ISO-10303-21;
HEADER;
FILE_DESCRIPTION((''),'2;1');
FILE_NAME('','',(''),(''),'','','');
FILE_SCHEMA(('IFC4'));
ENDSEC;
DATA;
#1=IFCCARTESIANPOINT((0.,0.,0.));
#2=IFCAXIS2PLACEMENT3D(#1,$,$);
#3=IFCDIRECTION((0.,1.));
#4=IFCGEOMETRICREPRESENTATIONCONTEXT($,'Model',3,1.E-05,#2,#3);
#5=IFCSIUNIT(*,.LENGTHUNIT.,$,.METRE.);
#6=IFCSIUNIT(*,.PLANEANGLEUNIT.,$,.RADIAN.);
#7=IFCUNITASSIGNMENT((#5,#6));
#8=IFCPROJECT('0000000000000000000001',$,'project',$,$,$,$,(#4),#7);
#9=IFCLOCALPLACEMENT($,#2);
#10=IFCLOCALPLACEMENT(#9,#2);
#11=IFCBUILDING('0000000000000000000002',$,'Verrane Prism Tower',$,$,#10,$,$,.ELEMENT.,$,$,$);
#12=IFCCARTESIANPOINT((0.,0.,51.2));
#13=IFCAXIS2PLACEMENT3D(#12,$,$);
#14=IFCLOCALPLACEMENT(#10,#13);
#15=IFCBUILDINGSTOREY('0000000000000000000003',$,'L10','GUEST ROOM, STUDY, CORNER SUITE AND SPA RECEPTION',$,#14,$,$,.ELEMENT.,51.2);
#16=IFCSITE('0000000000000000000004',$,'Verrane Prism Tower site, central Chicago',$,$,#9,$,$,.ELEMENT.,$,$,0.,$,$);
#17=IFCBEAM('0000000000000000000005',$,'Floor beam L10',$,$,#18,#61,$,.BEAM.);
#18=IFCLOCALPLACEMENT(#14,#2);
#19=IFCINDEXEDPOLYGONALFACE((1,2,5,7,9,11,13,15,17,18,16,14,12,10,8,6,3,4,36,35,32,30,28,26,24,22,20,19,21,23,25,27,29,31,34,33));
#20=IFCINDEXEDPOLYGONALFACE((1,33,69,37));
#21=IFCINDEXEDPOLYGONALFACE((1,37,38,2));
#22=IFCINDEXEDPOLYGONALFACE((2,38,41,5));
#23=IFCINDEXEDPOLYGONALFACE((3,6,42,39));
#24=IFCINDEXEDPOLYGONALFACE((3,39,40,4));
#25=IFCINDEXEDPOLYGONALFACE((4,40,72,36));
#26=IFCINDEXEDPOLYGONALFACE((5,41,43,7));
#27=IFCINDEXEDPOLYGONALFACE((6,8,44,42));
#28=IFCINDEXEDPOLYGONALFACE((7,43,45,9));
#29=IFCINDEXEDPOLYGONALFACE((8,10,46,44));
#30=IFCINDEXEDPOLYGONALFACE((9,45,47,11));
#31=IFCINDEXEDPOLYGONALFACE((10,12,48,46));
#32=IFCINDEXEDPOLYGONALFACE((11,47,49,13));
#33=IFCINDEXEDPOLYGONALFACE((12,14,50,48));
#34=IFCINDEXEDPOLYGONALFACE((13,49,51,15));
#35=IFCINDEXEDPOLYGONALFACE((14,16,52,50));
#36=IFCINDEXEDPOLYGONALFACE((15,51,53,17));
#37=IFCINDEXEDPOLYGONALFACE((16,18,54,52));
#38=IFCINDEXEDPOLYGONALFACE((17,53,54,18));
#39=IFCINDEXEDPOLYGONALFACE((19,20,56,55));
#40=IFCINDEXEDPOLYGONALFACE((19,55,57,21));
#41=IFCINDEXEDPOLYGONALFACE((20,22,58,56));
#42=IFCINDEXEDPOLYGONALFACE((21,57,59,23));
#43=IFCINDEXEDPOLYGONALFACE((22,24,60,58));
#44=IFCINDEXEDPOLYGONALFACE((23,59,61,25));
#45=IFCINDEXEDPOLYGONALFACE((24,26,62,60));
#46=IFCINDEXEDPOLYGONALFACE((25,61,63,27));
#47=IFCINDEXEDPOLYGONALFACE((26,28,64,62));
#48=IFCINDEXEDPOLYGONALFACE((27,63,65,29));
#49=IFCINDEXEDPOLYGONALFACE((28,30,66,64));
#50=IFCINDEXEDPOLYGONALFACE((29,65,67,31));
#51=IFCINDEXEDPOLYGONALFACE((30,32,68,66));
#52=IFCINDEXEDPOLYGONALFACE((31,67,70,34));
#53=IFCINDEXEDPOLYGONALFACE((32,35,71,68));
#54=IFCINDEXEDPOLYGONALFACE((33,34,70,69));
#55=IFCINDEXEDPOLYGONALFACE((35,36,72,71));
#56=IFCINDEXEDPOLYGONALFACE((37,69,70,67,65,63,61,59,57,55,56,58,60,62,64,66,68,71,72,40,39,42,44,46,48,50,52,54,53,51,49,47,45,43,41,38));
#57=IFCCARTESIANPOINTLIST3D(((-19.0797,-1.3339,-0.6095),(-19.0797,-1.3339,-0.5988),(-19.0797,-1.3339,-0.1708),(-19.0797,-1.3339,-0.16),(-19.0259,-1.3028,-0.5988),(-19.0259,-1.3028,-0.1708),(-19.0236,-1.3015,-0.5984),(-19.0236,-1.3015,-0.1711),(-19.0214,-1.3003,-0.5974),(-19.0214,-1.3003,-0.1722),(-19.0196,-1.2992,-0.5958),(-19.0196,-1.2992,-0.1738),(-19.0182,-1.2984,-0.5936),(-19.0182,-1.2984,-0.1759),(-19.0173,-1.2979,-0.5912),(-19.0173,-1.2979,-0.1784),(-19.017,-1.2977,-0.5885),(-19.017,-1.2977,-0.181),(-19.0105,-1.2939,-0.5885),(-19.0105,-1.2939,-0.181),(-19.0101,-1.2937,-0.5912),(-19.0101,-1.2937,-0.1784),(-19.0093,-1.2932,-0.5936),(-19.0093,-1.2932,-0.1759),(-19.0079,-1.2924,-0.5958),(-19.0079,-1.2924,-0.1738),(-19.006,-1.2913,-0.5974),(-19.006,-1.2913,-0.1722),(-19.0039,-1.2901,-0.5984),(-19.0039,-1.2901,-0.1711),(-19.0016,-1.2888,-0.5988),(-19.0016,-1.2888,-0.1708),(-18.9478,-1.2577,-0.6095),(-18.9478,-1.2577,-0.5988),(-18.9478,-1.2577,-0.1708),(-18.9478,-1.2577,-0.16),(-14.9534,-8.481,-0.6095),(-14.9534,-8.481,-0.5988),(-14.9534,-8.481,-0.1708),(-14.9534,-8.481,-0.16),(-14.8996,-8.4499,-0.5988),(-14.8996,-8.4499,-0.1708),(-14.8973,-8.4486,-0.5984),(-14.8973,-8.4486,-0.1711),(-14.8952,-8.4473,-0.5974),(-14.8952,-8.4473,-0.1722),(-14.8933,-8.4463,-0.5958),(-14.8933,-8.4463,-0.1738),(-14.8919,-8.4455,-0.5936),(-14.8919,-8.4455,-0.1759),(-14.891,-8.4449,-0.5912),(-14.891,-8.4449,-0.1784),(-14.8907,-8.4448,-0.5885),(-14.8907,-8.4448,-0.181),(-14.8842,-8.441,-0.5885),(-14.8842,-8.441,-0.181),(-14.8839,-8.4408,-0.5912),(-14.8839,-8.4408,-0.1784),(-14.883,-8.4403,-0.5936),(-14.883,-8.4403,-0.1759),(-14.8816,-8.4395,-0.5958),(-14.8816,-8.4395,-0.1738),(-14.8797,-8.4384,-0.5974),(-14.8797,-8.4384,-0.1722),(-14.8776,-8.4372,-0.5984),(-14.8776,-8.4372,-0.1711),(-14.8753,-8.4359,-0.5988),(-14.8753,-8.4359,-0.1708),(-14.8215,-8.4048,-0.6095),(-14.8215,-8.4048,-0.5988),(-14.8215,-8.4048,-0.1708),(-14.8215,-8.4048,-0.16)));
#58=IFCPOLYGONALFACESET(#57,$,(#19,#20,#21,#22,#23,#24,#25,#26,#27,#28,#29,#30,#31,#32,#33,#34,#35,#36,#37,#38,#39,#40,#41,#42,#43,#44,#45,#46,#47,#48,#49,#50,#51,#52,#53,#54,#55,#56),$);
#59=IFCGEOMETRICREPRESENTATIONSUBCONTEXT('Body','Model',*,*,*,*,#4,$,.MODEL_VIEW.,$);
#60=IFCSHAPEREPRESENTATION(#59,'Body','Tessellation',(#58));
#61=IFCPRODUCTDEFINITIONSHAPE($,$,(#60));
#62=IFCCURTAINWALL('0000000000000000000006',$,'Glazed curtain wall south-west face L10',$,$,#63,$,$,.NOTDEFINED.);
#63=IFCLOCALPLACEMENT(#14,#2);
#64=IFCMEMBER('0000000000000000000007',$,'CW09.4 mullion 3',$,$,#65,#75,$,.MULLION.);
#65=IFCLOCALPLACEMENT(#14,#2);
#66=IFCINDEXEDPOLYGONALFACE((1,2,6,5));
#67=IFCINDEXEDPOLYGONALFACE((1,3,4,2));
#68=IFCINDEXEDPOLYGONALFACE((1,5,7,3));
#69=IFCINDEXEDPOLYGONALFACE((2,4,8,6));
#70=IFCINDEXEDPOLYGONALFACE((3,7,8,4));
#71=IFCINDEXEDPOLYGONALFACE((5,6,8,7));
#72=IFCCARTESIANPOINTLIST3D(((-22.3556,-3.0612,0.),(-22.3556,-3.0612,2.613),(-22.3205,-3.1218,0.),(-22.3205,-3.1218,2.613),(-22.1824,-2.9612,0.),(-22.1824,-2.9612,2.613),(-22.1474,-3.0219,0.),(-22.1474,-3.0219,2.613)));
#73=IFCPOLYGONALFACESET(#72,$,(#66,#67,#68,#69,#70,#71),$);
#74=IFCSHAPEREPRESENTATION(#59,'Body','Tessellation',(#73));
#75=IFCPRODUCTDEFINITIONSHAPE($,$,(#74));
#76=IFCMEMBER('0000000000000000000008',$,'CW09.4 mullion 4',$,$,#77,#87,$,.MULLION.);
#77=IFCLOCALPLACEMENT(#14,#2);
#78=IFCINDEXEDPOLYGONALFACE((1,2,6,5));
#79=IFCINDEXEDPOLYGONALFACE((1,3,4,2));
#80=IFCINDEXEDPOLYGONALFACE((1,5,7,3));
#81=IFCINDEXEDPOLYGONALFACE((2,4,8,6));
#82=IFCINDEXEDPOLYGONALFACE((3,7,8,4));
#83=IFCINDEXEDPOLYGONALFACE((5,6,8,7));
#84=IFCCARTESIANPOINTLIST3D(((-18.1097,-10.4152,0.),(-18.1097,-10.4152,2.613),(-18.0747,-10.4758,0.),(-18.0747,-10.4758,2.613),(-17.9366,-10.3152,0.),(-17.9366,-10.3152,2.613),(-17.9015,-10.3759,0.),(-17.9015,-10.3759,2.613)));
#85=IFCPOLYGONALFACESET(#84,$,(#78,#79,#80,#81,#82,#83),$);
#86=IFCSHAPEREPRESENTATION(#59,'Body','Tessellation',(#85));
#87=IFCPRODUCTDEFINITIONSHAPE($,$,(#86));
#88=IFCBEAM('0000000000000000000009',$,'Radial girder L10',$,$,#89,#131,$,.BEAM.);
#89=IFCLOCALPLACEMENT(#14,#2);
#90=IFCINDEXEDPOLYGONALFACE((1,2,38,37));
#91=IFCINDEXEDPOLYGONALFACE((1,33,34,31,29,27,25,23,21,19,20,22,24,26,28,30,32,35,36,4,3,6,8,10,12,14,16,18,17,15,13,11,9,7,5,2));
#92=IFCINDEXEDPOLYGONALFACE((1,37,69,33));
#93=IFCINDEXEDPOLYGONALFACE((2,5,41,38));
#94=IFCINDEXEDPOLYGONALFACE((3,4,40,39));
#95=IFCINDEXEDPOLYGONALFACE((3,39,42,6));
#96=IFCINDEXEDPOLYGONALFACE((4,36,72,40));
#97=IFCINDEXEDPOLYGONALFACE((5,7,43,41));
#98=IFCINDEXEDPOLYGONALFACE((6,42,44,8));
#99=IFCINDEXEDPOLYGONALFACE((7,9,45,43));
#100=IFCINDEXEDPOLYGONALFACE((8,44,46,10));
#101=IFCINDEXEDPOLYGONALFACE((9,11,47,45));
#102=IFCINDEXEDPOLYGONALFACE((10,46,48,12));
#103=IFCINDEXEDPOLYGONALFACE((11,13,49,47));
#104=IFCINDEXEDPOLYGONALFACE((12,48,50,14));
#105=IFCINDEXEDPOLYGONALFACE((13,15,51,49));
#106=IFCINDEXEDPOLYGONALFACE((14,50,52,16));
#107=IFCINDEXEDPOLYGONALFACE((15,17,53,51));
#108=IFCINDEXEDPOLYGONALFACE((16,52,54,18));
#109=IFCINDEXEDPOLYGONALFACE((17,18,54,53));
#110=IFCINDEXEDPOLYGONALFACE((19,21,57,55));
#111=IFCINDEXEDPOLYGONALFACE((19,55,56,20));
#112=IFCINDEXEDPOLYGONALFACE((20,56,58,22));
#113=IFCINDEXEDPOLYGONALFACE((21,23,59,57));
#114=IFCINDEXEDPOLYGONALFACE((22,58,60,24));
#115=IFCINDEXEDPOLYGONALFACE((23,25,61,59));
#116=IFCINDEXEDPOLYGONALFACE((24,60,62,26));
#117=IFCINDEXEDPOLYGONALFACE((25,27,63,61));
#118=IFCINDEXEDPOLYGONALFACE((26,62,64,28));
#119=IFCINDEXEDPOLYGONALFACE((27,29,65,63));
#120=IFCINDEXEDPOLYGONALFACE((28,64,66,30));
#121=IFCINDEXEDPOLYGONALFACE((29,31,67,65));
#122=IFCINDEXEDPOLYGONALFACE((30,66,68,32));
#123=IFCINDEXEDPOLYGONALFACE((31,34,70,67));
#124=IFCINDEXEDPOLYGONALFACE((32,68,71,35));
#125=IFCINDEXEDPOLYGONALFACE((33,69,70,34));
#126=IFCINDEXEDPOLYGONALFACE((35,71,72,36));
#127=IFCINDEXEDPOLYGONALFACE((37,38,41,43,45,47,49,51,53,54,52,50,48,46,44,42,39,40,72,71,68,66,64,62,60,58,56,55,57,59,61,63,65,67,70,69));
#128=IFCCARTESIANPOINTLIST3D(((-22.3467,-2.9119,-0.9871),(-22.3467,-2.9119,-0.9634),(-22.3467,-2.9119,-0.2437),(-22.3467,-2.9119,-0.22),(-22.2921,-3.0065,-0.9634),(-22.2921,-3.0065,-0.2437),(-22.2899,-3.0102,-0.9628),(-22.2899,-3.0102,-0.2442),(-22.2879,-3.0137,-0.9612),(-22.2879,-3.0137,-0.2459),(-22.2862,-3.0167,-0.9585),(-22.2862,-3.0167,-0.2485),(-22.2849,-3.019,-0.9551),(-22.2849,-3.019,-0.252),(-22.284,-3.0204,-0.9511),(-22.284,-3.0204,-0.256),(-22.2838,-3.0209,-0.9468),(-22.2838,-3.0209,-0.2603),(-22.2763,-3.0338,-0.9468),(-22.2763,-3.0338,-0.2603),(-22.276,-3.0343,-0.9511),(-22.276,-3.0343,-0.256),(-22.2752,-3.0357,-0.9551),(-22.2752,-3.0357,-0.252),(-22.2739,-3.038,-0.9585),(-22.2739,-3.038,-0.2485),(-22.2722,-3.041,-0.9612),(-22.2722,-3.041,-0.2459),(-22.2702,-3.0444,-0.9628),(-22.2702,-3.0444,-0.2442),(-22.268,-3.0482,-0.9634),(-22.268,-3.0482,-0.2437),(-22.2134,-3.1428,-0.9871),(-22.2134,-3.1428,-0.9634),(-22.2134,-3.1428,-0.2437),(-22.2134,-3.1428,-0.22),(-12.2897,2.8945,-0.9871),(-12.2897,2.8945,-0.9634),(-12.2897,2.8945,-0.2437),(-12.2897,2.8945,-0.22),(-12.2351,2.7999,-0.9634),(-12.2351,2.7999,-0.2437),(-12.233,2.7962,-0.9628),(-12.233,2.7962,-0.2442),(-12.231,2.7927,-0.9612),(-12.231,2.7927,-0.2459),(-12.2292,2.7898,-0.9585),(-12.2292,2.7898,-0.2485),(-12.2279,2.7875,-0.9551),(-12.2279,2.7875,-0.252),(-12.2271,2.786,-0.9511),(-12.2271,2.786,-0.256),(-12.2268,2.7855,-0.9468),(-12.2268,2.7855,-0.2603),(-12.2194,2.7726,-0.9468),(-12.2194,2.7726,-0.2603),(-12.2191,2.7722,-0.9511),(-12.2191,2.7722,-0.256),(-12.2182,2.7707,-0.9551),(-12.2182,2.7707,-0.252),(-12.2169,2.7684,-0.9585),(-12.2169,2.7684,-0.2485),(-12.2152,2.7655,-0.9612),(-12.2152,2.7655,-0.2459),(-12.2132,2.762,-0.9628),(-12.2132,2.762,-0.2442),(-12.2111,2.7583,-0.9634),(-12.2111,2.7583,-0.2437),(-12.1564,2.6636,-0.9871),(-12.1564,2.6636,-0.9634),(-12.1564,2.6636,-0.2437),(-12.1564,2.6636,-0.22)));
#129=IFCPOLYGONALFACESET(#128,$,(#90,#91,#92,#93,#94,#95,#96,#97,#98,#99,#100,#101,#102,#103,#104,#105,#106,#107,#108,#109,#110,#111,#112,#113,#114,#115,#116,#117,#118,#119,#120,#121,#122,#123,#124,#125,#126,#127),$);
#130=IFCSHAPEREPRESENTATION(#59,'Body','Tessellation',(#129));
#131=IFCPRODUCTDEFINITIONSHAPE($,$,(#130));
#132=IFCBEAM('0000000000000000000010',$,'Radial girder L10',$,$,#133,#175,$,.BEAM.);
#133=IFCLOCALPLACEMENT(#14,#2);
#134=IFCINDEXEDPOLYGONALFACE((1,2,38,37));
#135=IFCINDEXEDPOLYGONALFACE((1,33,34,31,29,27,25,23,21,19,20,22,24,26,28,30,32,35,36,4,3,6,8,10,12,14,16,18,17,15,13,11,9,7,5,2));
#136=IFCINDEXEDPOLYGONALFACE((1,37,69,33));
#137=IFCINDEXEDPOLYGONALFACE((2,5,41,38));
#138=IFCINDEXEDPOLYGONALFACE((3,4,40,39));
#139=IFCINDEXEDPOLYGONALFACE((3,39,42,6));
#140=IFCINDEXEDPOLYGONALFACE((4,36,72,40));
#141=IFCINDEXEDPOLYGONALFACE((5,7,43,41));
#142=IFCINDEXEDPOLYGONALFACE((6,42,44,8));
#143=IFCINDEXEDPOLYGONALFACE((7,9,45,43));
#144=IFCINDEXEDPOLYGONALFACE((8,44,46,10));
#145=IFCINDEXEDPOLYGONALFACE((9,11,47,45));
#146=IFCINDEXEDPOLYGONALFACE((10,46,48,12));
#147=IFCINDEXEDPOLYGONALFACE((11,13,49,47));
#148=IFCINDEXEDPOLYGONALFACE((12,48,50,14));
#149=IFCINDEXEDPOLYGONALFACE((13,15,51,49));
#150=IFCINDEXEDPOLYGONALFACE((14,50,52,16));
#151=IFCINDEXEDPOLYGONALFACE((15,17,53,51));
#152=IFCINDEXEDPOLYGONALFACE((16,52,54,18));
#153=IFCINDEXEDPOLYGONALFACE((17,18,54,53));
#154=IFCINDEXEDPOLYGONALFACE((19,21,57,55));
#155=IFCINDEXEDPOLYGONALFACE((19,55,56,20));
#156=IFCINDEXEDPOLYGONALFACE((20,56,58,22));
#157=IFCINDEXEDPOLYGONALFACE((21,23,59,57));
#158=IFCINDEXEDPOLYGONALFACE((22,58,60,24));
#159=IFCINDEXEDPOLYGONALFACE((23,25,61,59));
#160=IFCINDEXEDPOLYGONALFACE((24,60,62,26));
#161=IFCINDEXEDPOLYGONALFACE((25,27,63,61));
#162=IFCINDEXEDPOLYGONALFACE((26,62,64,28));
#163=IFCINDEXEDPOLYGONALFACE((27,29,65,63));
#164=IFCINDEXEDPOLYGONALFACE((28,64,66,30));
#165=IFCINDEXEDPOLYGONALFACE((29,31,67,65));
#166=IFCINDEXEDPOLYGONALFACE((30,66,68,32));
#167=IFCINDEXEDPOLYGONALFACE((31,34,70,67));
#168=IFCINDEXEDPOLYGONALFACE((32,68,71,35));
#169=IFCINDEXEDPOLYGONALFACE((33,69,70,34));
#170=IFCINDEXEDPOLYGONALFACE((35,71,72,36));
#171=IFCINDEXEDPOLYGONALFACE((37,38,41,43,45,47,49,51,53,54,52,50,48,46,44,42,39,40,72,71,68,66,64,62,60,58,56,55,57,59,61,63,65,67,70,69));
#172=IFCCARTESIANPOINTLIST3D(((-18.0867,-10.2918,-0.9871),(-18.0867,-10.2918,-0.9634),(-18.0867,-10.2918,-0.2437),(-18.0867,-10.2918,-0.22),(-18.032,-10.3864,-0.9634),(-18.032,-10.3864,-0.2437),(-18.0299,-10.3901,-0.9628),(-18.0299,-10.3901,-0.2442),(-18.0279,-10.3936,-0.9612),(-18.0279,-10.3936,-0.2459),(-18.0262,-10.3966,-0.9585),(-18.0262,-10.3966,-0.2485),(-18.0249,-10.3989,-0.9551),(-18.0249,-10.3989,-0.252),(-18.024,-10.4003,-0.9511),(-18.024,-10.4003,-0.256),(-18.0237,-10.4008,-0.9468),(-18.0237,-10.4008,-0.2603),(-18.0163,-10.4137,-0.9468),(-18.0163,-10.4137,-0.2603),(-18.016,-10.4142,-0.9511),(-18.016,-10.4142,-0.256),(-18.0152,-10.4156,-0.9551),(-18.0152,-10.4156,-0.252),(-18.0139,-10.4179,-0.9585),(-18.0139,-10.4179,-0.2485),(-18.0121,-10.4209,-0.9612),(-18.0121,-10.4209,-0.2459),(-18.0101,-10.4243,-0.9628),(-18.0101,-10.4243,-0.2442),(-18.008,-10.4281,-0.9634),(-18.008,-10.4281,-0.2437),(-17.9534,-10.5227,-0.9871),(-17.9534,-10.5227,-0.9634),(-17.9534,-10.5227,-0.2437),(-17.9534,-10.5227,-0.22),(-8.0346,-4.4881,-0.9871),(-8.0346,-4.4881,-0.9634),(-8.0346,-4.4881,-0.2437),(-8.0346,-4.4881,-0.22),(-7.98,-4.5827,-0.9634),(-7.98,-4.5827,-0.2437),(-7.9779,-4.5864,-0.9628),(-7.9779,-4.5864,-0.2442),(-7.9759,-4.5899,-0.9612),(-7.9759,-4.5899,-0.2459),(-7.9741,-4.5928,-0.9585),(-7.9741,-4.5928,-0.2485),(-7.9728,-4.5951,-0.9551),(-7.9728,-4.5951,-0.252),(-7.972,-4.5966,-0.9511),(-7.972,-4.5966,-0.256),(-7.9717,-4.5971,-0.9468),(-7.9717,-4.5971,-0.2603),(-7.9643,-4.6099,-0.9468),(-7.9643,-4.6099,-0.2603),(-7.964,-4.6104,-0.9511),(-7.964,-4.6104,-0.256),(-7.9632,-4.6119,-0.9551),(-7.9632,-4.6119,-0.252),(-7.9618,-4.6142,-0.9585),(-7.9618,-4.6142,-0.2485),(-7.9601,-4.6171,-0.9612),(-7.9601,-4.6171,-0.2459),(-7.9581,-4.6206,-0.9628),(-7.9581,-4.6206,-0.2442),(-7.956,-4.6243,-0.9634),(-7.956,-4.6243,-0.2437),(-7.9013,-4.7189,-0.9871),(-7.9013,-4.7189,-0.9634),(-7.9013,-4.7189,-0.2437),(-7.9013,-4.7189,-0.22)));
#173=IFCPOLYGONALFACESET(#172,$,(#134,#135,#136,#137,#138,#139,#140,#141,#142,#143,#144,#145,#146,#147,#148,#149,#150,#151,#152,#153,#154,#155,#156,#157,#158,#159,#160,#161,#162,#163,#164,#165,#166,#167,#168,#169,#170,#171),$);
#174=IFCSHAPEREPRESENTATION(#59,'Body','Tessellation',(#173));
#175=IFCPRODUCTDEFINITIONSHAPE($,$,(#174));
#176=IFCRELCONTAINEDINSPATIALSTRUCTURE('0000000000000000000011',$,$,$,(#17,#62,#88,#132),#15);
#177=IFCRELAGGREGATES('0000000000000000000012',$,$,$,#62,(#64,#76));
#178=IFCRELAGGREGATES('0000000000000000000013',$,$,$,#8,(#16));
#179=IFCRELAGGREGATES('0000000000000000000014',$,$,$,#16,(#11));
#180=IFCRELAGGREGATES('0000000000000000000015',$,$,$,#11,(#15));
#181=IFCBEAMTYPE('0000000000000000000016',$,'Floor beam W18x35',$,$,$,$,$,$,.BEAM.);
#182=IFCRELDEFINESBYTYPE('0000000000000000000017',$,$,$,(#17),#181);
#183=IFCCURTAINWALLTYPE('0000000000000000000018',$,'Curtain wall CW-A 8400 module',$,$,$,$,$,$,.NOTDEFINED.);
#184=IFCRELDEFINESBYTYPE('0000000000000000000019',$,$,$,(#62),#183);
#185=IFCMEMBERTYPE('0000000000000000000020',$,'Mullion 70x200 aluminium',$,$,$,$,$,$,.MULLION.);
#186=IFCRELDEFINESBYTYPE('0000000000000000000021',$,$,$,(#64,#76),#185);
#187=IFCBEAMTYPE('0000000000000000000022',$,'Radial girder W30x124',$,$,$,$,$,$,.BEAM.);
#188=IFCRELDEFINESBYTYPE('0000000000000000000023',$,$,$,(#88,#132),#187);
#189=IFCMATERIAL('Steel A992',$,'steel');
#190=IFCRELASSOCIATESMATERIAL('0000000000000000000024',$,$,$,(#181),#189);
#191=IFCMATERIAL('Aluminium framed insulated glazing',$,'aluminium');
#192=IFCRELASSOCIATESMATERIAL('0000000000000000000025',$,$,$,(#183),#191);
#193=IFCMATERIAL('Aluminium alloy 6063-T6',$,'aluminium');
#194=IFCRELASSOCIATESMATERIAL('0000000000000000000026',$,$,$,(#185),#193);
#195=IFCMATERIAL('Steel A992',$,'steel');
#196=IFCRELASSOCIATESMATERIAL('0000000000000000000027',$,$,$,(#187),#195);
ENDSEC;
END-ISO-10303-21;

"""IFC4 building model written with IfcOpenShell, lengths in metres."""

from ifc_helpers import new_model, si_unit, direction, frame, origin, origin_2d, place, context, subcontext, project, spatial, rectangle, i_section, extrude, material, material_profile, profile_set, type_object, element, aggregate, save


model = new_model("IFC4")

# Units and contexts
model_context = context("Model", 3, precision=1e-05, world=origin(), true_north=direction((0.0, 1.0)))
body_context = subcontext(model_context, "Body", "Model", "MODEL_VIEW")
ifc_project = project(units=[si_unit("LENGTHUNIT", "METRE"), si_unit("PLANEANGLEUNIT", "RADIAN")], contexts=[model_context])

# Site, building, storey
site_placement = place(None, origin())
site = spatial("IfcSite", under=ifc_project, at=site_placement, Name="Verrane Prism Tower site, central Chicago", CompositionType="ELEMENT", RefElevation=0.0)
building_placement = place(site_placement, origin())
building = spatial("IfcBuilding", under=site, at=building_placement, Name="Verrane Prism Tower", CompositionType="ELEMENT")
storey_placement = place(building_placement, frame((0.0, 0.0, 51.2)))
storey = spatial("IfcBuildingStorey", under=building, at=storey_placement, Name="L10", Description="GUEST ROOM, STUDY, CORNER SUITE AND SPA RECEPTION", CompositionType="ELEMENT", Elevation=51.2)

# Beam
ifc_material_1 = material(Name="Steel A992", Category="steel")
ifc_material_profile_1 = material_profile(ifc_material_1, i_section(OverallWidth=0.1523, OverallDepth=0.4495, WebThickness=0.0076, FlangeThickness=0.0107, FilletRadius=0.0103, at=origin_2d()), Name="W18x35")
ifc_profile_set_1 = profile_set([ifc_material_profile_1], Name="Steel A992")
beam_type_1 = type_object("IfcBeamType", Name="Floor beam W18x35", PredefinedType="BEAM", material=ifc_profile_set_1)
beam_1_placement = place(storey_placement, frame((-14.8875, -8.4429, -0.3848), z_axis=(-0.499992, 0.86603, 0.0), x_axis=(-0.86603, -0.499992, 0.0)))
element("IfcBeam", 1, at=beam_1_placement, inside=storey, type_object=beam_type_1, Name="Floor beam L10", PredefinedType="BEAM", context=body_context, shape_type="SweptSolid", body=[
    extrude(i_section(OverallWidth=0.1523, OverallDepth=0.4495, WebThickness=0.0076, FlangeThickness=0.0107, FilletRadius=0.0103, at=origin_2d()), origin(), (0.0, 0.0, 1.0), 8.2527),
])

# Curtain wall, members
ifc_material_2 = material(Name="Aluminium framed insulated glazing", Category="aluminium")
curtain_wall_type = type_object("IfcCurtainWallType", Name="Curtain wall CW-A 8400 module", PredefinedType="NOTDEFINED", material=ifc_material_2)
curtain_wall_placement = place(storey_placement, origin())
curtain_wall = element("IfcCurtainWall", 2, at=curtain_wall_placement, inside=storey, type_object=curtain_wall_type, Name="Glazed curtain wall south-west face L10", PredefinedType="NOTDEFINED")
ifc_material_3 = material(Name="Aluminium alloy 6063-T6", Category="aluminium")
ifc_material_profile_2 = material_profile(ifc_material_3, rectangle(XDim=0.2, YDim=0.0701, at=origin_2d()), Name="Mullion 70x200 aluminium")
ifc_profile_set_2 = profile_set([ifc_material_profile_2], Name="Aluminium alloy 6063-T6")
member_type_1 = type_object("IfcMemberType", Name="Mullion 70x200 aluminium", PredefinedType="MULLION", material=ifc_profile_set_2)
member_1_placement = place(storey_placement, frame((-22.2515, -3.0415, 0.0), z_axis=(0.0, 0.0, 1.0), x_axis=(0.866026, 0.499999, 0.0)))
member_1 = element("IfcMember", 3, at=member_1_placement, type_object=member_type_1, Name="CW09.4 mullion 3", PredefinedType="MULLION", context=body_context, shape_type="SweptSolid", body=[
    extrude(rectangle(XDim=0.2, YDim=0.0701, at=origin_2d()), origin(), (0.0, 0.0, 1.0), 2.613),
])
member_2_placement = place(storey_placement, frame((-18.0056, -10.3955, 0.0), z_axis=(0.0, 0.0, 1.0), x_axis=(0.866026, 0.499999, 0.0)))
member_2 = element("IfcMember", 4, at=member_2_placement, type_object=member_type_1, Name="CW09.4 mullion 4", PredefinedType="MULLION", context=body_context, shape_type="SweptSolid", body=[
    extrude(rectangle(XDim=0.2, YDim=0.0701, at=origin_2d()), origin(), (0.0, 0.0, 1.0), 2.613),
])

# Beams
ifc_material_4 = material(Name="Steel A992", Category="steel")
ifc_material_profile_3 = material_profile(ifc_material_4, i_section(OverallWidth=0.2666, OverallDepth=0.7671, WebThickness=0.0149, FlangeThickness=0.0237, FilletRadius=0.0166, at=origin_2d()), Name="W30x124")
ifc_profile_set_3 = profile_set([ifc_material_profile_3], Name="Steel A992")
beam_type_2 = type_object("IfcBeamType", Name="Radial girder W30x124", PredefinedType="BEAM", material=ifc_profile_set_3)
beam_2_placement = place(storey_placement, frame((-22.28, -3.0273, -0.6035), z_axis=(0.866023, 0.500003, 0.0), x_axis=(-0.500003, 0.866023, 0.0)))
element("IfcBeam", 5, at=beam_2_placement, inside=storey, type_object=beam_type_2, Name="Radial girder L10", PredefinedType="BEAM", context=body_context, shape_type="SweptSolid", body=[
    extrude(i_section(OverallWidth=0.2666, OverallDepth=0.7671, WebThickness=0.0149, FlangeThickness=0.0237, FilletRadius=0.0166, at=origin_2d()), origin(), (0.0, 0.0, 1.0), 11.6128),
])
beam_3_placement = place(storey_placement, frame((-18.02, -10.4072, -0.6035), z_axis=(0.866019, 0.500012, 0.0), x_axis=(-0.500012, 0.866019, 0.0)))
element("IfcBeam", 6, at=beam_3_placement, inside=storey, type_object=beam_type_2, Name="Radial girder L10", PredefinedType="BEAM", context=body_context, shape_type="SweptSolid", body=[
    extrude(i_section(OverallWidth=0.2666, OverallDepth=0.7671, WebThickness=0.0149, FlangeThickness=0.0237, FilletRadius=0.0166, at=origin_2d()), origin(), (0.0, 0.0, 1.0), 11.6072),
])

aggregate(curtain_wall, [member_1, member_2])

save(model, "model.ifc")
